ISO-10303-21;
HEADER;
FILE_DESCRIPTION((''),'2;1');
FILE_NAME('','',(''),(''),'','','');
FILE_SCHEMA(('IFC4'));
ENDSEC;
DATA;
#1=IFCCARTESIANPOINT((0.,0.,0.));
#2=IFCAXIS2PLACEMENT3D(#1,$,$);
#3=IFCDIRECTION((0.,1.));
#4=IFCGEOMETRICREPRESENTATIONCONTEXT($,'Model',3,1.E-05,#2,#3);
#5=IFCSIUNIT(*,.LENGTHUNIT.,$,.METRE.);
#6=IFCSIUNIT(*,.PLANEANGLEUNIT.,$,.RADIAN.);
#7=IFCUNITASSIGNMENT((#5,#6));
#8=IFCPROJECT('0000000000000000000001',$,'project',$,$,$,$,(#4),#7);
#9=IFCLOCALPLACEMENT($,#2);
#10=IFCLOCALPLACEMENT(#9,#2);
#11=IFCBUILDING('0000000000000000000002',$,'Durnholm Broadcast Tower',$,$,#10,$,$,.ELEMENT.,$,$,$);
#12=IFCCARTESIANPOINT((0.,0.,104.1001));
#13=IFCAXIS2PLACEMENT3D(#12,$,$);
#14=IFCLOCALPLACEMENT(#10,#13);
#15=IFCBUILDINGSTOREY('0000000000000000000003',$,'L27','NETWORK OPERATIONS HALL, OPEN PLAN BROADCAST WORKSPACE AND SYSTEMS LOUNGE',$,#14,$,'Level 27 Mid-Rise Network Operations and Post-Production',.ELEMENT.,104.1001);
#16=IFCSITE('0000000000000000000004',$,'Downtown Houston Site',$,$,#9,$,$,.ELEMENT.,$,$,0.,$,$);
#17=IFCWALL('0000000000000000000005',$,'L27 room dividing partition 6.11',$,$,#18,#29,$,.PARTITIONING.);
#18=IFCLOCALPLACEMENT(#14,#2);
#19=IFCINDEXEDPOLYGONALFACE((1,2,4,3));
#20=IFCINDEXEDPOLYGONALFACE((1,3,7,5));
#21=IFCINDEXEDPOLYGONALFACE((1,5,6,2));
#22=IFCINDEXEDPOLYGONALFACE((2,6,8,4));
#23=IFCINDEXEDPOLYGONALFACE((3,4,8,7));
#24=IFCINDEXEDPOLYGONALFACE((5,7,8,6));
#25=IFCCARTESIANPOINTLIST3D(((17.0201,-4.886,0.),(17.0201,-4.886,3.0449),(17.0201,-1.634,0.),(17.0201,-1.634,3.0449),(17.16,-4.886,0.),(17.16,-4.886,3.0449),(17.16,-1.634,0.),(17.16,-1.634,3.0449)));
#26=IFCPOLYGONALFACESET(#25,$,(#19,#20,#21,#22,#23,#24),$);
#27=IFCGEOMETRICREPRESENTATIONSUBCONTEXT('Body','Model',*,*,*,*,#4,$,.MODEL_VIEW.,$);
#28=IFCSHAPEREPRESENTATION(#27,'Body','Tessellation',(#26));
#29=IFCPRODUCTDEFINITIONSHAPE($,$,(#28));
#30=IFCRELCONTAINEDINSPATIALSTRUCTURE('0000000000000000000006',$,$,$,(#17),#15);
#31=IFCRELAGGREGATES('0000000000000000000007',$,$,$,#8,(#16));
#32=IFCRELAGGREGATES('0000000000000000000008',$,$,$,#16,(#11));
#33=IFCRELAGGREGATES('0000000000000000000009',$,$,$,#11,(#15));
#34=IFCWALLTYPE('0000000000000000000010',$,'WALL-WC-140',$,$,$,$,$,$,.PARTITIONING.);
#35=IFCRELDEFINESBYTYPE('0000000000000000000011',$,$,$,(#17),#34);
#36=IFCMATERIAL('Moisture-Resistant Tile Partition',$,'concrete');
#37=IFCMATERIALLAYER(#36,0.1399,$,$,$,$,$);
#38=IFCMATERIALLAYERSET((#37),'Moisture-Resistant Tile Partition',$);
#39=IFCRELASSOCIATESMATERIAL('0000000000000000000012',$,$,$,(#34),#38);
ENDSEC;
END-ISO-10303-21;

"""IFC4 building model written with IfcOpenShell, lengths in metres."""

from ifc_helpers import new_model, si_unit, direction, frame, frame_2d, origin, place, context, subcontext, project, spatial, rectangle, extrude, material, layer, layer_set, type_object, element, save


model = new_model("IFC4")

# Units and contexts
model_context = context("Model", 3, precision=1e-05, world=origin(), true_north=direction((0.0, 1.0)))
body_context = subcontext(model_context, "Body", "Model", "MODEL_VIEW")
ifc_project = project(units=[si_unit("LENGTHUNIT", "METRE"), si_unit("PLANEANGLEUNIT", "RADIAN")], contexts=[model_context])

# Site, building, storey
site_placement = place(None, origin())
site = spatial("IfcSite", under=ifc_project, at=site_placement, Name="Downtown Houston Site", CompositionType="ELEMENT", RefElevation=0.0)
building_placement = place(site_placement, origin())
building = spatial("IfcBuilding", under=site, at=building_placement, Name="Durnholm Broadcast Tower", CompositionType="ELEMENT")
storey_placement = place(building_placement, frame((0.0, 0.0, 104.1001)))
storey = spatial("IfcBuildingStorey", under=building, at=storey_placement, Name="L27", Description="NETWORK OPERATIONS HALL, OPEN PLAN BROADCAST WORKSPACE AND SYSTEMS LOUNGE", LongName="Level 27 Mid-Rise Network Operations and Post-Production", CompositionType="ELEMENT", Elevation=104.1001)

# Shared definitions
ifc_material_1 = material(Name="Moisture-Resistant Tile Partition", Category="concrete")
ifc_layer_1 = layer(ifc_material_1, 0.1399)
ifc_layer_set_1 = layer_set([ifc_layer_1], Name="Moisture-Resistant Tile Partition")
wall_type = type_object("IfcWallType", Name="WALL-WC-140", PredefinedType="PARTITIONING", material=ifc_layer_set_1)

# Wall
wall_1_placement = place(storey_placement, frame((17.0901, -1.634, 0.0), z_axis=(0.0, 0.0, 1.0), x_axis=(0.0, -1.0, 0.0)))
element("IfcWall", 1, at=wall_1_placement, inside=storey, type_object=wall_type, Name="L27 room dividing partition 6.11", PredefinedType="PARTITIONING", context=body_context, shape_type="SweptSolid", body=[
    extrude(rectangle(XDim=3.252, YDim=0.1399, at=frame_2d((1.626, 0.0))), origin(), (0.0, 0.0, 1.0), 3.0449),
])

save(model, "model.ifc")
